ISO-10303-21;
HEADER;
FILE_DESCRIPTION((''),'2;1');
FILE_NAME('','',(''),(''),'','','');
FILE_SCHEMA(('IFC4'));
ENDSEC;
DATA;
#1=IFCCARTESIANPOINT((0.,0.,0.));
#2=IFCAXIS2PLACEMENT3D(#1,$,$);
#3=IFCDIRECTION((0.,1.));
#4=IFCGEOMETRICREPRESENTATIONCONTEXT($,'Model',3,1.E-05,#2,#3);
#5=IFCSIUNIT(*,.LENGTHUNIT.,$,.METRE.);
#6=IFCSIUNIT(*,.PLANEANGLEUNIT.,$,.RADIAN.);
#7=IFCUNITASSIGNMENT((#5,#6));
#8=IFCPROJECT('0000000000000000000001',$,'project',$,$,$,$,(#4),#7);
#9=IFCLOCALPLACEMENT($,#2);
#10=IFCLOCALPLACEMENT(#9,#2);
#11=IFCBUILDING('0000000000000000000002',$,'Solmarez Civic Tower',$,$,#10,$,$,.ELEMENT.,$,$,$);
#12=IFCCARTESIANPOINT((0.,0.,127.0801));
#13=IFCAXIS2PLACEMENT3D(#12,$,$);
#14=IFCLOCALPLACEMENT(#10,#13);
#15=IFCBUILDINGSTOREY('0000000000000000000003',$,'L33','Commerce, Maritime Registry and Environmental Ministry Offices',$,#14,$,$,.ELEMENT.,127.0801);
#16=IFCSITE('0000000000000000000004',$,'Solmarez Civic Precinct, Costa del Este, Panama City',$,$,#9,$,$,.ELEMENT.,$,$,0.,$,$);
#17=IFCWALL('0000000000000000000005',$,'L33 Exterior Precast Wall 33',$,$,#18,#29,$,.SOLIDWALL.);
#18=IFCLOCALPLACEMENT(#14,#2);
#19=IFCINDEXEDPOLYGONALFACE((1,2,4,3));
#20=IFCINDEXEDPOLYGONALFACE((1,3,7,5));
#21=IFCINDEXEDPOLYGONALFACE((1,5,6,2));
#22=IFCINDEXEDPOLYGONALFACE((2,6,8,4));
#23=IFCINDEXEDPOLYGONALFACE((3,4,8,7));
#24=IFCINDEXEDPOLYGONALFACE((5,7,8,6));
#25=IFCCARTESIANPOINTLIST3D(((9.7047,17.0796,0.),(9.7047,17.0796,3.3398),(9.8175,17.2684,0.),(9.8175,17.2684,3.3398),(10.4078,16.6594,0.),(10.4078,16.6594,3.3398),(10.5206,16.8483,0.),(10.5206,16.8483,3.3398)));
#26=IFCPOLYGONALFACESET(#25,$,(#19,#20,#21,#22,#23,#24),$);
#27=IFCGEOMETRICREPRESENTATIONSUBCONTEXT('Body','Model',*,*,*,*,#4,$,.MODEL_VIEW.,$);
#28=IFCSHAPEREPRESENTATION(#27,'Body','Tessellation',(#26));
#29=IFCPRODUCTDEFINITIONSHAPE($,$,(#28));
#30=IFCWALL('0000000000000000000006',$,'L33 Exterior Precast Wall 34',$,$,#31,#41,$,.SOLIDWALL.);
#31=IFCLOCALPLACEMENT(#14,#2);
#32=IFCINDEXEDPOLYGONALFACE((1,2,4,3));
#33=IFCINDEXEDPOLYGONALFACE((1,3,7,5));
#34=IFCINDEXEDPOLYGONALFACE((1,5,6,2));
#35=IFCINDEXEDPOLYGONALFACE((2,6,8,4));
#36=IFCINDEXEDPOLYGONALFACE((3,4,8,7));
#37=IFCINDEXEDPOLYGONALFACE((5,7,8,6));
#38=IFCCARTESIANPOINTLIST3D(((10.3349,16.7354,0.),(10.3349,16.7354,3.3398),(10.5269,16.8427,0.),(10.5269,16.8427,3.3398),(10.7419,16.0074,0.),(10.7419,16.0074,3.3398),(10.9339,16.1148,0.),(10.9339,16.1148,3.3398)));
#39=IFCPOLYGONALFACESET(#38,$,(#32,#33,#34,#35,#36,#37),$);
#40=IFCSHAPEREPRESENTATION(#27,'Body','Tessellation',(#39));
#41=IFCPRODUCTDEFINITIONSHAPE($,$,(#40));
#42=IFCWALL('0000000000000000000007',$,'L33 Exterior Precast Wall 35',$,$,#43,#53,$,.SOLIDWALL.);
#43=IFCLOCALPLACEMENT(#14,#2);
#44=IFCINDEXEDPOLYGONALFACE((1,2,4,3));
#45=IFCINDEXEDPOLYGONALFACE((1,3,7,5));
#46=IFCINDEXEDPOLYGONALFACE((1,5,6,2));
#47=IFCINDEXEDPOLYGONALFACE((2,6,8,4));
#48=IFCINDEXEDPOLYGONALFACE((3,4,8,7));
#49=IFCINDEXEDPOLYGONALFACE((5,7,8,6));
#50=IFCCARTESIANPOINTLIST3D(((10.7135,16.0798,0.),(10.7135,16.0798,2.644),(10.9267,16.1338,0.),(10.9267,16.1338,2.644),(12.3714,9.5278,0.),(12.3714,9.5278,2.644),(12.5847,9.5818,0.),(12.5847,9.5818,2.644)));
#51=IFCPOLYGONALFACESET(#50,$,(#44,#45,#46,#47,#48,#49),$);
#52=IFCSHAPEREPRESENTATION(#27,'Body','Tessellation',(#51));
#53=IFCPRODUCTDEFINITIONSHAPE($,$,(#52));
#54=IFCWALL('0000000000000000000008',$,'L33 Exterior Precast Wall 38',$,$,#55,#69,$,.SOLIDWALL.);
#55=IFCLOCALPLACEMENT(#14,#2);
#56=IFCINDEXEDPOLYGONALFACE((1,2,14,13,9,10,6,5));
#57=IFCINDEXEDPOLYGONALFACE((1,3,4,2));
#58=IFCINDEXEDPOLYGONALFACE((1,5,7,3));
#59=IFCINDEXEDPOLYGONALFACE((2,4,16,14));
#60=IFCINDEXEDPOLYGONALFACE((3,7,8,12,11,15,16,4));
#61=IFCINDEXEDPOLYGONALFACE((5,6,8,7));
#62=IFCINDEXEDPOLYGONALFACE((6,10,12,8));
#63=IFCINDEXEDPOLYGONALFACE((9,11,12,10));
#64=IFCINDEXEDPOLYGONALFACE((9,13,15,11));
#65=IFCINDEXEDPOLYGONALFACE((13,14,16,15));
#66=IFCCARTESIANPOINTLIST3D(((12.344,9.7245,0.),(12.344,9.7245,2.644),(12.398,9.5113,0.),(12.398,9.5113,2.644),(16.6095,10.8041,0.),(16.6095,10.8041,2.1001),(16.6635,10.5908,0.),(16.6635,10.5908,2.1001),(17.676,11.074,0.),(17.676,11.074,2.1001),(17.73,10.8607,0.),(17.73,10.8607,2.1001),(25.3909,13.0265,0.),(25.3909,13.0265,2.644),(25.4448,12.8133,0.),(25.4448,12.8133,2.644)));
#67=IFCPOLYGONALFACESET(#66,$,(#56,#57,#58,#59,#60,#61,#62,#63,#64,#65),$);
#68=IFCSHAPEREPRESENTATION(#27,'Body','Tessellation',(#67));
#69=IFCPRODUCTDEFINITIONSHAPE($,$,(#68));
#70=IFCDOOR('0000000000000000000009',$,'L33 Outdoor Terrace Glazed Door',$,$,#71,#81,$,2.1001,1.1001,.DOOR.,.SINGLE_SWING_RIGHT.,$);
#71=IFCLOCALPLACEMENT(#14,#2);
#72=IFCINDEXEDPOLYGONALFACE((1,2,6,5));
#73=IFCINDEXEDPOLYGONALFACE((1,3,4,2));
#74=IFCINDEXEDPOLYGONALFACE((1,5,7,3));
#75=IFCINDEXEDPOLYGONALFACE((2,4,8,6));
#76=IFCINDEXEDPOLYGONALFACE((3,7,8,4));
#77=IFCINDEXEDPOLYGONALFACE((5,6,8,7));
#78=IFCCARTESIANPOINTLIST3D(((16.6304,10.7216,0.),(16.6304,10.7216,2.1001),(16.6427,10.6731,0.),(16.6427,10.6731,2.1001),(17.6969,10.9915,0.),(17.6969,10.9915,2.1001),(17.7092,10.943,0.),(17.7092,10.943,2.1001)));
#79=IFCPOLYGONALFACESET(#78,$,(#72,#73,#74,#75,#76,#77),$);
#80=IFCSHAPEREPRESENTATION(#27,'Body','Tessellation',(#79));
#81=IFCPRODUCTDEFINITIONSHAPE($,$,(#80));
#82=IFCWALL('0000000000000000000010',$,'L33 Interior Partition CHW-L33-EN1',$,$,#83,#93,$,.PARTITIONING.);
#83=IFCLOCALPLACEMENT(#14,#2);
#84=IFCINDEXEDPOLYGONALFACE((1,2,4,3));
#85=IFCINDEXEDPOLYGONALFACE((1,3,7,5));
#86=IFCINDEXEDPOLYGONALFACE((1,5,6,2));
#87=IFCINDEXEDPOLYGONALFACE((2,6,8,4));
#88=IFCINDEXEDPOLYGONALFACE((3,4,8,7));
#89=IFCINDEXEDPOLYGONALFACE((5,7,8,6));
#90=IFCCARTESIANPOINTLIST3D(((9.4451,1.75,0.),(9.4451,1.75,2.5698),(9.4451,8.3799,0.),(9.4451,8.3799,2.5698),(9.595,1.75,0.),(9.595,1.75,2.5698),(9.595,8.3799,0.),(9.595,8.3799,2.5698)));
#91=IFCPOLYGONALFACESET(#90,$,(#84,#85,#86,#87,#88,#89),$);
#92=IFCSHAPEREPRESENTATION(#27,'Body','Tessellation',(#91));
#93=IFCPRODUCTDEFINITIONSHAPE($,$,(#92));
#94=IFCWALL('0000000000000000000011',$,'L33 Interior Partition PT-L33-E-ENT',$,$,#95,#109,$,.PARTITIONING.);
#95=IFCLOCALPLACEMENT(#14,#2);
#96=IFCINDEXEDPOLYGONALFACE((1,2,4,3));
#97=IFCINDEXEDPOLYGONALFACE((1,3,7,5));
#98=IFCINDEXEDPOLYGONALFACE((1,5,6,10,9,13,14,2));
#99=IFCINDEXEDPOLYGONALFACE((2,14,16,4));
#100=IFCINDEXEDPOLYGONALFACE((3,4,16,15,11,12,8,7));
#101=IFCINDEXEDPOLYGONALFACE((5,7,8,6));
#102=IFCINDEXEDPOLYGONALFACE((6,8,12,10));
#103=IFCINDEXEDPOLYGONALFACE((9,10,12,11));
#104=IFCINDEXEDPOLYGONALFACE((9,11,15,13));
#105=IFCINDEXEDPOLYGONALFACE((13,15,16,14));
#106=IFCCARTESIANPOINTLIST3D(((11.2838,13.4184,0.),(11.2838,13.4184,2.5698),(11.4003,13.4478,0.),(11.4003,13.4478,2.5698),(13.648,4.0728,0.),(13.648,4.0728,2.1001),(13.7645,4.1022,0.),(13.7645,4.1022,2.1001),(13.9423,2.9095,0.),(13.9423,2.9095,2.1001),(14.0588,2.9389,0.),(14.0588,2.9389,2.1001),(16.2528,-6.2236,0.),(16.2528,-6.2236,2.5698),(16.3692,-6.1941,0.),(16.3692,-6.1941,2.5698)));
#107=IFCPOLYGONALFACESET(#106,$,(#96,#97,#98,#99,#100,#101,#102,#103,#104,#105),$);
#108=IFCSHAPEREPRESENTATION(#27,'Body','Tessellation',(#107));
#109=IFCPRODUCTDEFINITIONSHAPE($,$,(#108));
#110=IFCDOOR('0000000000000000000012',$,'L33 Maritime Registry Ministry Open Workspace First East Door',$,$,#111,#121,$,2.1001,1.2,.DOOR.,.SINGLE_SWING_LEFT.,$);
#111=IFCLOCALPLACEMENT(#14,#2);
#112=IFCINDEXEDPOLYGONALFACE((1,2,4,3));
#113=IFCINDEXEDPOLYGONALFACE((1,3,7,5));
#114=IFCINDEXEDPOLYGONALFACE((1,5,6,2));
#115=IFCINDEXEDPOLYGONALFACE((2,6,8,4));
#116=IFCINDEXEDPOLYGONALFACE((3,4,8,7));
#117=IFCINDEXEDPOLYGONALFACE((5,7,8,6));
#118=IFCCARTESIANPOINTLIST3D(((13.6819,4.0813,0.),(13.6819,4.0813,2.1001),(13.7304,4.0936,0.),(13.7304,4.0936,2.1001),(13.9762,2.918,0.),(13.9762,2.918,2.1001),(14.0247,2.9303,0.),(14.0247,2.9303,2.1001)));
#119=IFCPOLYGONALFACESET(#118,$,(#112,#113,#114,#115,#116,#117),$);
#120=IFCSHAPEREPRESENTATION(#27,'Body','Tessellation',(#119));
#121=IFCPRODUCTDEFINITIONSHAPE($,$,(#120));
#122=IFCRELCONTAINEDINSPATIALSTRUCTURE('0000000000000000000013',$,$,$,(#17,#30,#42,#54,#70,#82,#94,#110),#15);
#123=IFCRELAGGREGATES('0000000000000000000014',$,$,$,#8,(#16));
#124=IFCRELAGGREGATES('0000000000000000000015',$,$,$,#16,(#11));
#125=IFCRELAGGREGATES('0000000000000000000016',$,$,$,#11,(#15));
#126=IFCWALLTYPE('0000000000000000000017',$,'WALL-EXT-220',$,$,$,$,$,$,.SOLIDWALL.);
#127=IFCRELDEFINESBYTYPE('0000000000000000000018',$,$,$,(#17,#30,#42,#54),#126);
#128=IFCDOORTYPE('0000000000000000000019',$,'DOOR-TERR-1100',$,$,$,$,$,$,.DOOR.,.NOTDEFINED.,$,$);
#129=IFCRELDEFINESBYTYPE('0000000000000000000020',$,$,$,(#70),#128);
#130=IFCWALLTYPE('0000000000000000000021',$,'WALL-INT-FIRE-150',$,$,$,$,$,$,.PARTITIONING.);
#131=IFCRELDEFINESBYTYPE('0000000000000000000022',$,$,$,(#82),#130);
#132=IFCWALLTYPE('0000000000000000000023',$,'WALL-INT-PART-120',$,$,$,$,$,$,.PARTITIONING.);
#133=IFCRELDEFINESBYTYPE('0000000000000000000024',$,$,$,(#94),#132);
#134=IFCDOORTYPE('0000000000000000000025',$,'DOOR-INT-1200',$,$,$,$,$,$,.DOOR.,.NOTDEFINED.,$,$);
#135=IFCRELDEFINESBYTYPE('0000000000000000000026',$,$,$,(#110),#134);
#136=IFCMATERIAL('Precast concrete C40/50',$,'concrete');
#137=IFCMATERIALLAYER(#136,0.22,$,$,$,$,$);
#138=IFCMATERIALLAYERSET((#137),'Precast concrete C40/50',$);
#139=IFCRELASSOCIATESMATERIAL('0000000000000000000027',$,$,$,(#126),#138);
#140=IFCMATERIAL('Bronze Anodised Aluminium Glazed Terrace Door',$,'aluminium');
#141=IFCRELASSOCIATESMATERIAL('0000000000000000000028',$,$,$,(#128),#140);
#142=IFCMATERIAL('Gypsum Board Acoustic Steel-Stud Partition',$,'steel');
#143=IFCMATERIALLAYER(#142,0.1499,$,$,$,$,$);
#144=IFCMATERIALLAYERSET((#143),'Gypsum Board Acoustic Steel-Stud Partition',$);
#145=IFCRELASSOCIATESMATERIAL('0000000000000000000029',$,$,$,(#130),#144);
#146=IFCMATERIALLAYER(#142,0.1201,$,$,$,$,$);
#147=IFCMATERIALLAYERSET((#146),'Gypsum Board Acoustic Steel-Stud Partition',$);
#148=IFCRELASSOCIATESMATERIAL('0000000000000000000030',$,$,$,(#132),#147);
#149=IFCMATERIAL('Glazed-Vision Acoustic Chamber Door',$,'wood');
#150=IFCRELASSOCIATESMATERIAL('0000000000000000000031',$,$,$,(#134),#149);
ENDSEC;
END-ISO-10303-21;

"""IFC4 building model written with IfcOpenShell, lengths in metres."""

from ifc_helpers import new_model, si_unit, direction, frame, frame_2d, origin, place, context, subcontext, project, spatial, rectangle, extrude, material, layer, layer_set, type_object, element, fill, save


model = new_model("IFC4")

# Units and contexts
model_context = context("Model", 3, precision=1e-05, world=origin(), true_north=direction((0.0, 1.0)))
body_context = subcontext(model_context, "Body", "Model", "MODEL_VIEW")
ifc_project = project(units=[si_unit("LENGTHUNIT", "METRE"), si_unit("PLANEANGLEUNIT", "RADIAN")], contexts=[model_context])

# Site, building, storey
site_placement = place(None, origin())
site = spatial("IfcSite", under=ifc_project, at=site_placement, Name="Solmarez Civic Precinct, Costa del Este, Panama City", CompositionType="ELEMENT", RefElevation=0.0)
building_placement = place(site_placement, origin())
building = spatial("IfcBuilding", under=site, at=building_placement, Name="Solmarez Civic Tower", CompositionType="ELEMENT")
storey_placement = place(building_placement, frame((0.0, 0.0, 127.0801)))
storey = spatial("IfcBuildingStorey", under=building, at=storey_placement, Name="L33", Description="Commerce, Maritime Registry and Environmental Ministry Offices", CompositionType="ELEMENT", Elevation=127.0801)

# Walls
ifc_material_1 = material(Name="Precast concrete C40/50", Category="concrete")
ifc_layer_1 = layer(ifc_material_1, 0.22)
ifc_layer_set_1 = layer_set([ifc_layer_1], Name="Precast concrete C40/50")
wall_type_1 = type_object("IfcWallType", Name="WALL-EXT-220", PredefinedType="SOLIDWALL", material=ifc_layer_set_1)
wall_1_placement = place(storey_placement, frame((9.761, 17.1741, 0.0), z_axis=(0.0, 0.0, 1.0), x_axis=(0.858412, -0.512961, 0.0)))
element("IfcWall", 1, at=wall_1_placement, inside=storey, type_object=wall_type_1, Name="L33 Exterior Precast Wall 33", PredefinedType="SOLIDWALL", context=body_context, shape_type="SweptSolid", body=[
    extrude(rectangle(XDim=0.8191, YDim=0.22, at=frame_2d((0.4097, 0.0))), origin(), (0.0, 0.0, 1.0), 3.3398),
])
wall_2_placement = place(storey_placement, frame((10.4309, 16.7891, 0.0), z_axis=(0.0, 0.0, 1.0), x_axis=(0.487953, -0.87287, 0.0)))
element("IfcWall", 2, at=wall_2_placement, inside=storey, type_object=wall_type_1, Name="L33 Exterior Precast Wall 34", PredefinedType="SOLIDWALL", context=body_context, shape_type="SweptSolid", body=[
    extrude(rectangle(XDim=0.834, YDim=0.22, at=frame_2d((0.417, 0.0))), origin(), (0.0, 0.0, 1.0), 3.3398),
])
wall_3_placement = place(storey_placement, frame((10.8201, 16.1069, 0.0), z_axis=(0.0, 0.0, 1.0), x_axis=(0.245314, -0.969444, 0.0)))
element("IfcWall", 3, at=wall_3_placement, inside=storey, type_object=wall_type_1, Name="L33 Exterior Precast Wall 35", PredefinedType="SOLIDWALL", context=body_context, shape_type="SweptSolid", body=[
    extrude(rectangle(XDim=6.7585, YDim=0.22, at=frame_2d((3.3794, 0.0))), origin(), (0.0, 0.0, 1.0), 2.644),
])

# Wall, opening, door
wall_4_placement = place(storey_placement, frame((12.3711, 9.6179, 0.0), z_axis=(0.0, 0.0, 1.0), x_axis=(0.969434, 0.245352, 0.0)))
wall_4 = element("IfcWall", 4, at=wall_4_placement, inside=storey, type_object=wall_type_1, Name="L33 Exterior Precast Wall 38", PredefinedType="SOLIDWALL", context=body_context, shape_type="SweptSolid", body=[
    extrude(rectangle(XDim=13.4583, YDim=0.22, at=frame_2d((6.729, 0.0))), origin(), (0.0, 0.0, 1.0), 2.644),
])
opening_1_placement = place(wall_4_placement, frame((4.3999, 0.0, 0.0)))
opening_1 = element("IfcOpeningElement", 5, at=opening_1_placement, cuts=wall_4, PredefinedType="OPENING", context=body_context, shape_type="SweptSolid", body=[
    extrude(rectangle(XDim=1.1001, YDim=2.1001, at=frame_2d((0.55, 1.05))), frame((0.0, 0.1199, 0.0), z_axis=(0.0, -1.0, 0.0), x_axis=(1.0, 0.0, 0.0)), (0.0, 0.0, 1.0), 0.24),
])
ifc_material_2 = material(Name="Bronze Anodised Aluminium Glazed Terrace Door", Category="aluminium")
door_type_1 = type_object("IfcDoorType", Name="DOOR-TERR-1100", OperationType="NOTDEFINED", PredefinedType="DOOR", material=ifc_material_2)
door_1_placement = place(opening_1_placement, origin())
door_1 = element("IfcDoor", 6, at=door_1_placement, inside=storey, type_object=door_type_1, Name="L33 Outdoor Terrace Glazed Door", OperationType="SINGLE_SWING_RIGHT", OverallHeight=2.1001, OverallWidth=1.1001, PredefinedType="DOOR", context=body_context, shape_type="SweptSolid", body=[
    extrude(rectangle(XDim=1.1001, YDim=2.1001, at=frame_2d((0.55, 1.05))), frame((0.0, 0.0249, 0.0), z_axis=(0.0, -1.0, 0.0), x_axis=(1.0, 0.0, 0.0)), (0.0, 0.0, 1.0), 0.05),
])
fill(opening_1, door_1)

# Wall
ifc_material_3 = material(Name="Gypsum Board Acoustic Steel-Stud Partition", Category="steel")
ifc_layer_2 = layer(ifc_material_3, 0.1499)
ifc_layer_set_2 = layer_set([ifc_layer_2], Name="Gypsum Board Acoustic Steel-Stud Partition")
wall_type_2 = type_object("IfcWallType", Name="WALL-INT-FIRE-150", PredefinedType="PARTITIONING", material=ifc_layer_set_2)
wall_5_placement = place(storey_placement, frame((9.52, 1.75, 0.0), z_axis=(0.0, 0.0, 1.0), x_axis=(0.0, 1.0, 0.0)))
element("IfcWall", 7, at=wall_5_placement, inside=storey, type_object=wall_type_2, Name="L33 Interior Partition CHW-L33-EN1", PredefinedType="PARTITIONING", context=body_context, shape_type="SweptSolid", body=[
    extrude(rectangle(XDim=6.6299, YDim=0.1499, at=frame_2d((3.3149, 0.0))), origin(), (0.0, 0.0, 1.0), 2.5698),
])

# Wall, opening, door
ifc_layer_3 = layer(ifc_material_3, 0.1201)
ifc_layer_set_3 = layer_set([ifc_layer_3], Name="Gypsum Board Acoustic Steel-Stud Partition")
wall_type_3 = type_object("IfcWallType", Name="WALL-INT-PART-120", PredefinedType="PARTITIONING", material=ifc_layer_set_3)
wall_6_placement = place(storey_placement, frame((11.342, 13.4331, 0.0), z_axis=(0.0, 0.0, 1.0), x_axis=(0.245251, -0.96946, 0.0)))
wall_6 = element("IfcWall", 8, at=wall_6_placement, inside=storey, type_object=wall_type_3, Name="L33 Interior Partition PT-L33-E-ENT", PredefinedType="PARTITIONING", context=body_context, shape_type="SweptSolid", body=[
    extrude(rectangle(XDim=20.2607, YDim=0.1201, at=frame_2d((10.1304, 0.0))), origin(), (0.0, 0.0, 1.0), 2.5698),
])
opening_2_placement = place(wall_6_placement, frame((9.6399, 0.0, 0.0)))
opening_2 = element("IfcOpeningElement", 9, at=opening_2_placement, cuts=wall_6, PredefinedType="OPENING", context=body_context, shape_type="SweptSolid", body=[
    extrude(rectangle(XDim=1.2, YDim=2.1001, at=frame_2d((0.6001, 1.05))), frame((0.0, 0.0701, 0.0), z_axis=(0.0, -1.0, 0.0), x_axis=(1.0, 0.0, 0.0)), (0.0, 0.0, 1.0), 0.1401),
])
ifc_material_4 = material(Name="Glazed-Vision Acoustic Chamber Door", Category="wood")
door_type_2 = type_object("IfcDoorType", Name="DOOR-INT-1200", OperationType="NOTDEFINED", PredefinedType="DOOR", material=ifc_material_4)
door_2_placement = place(opening_2_placement, origin())
door_2 = element("IfcDoor", 10, at=door_2_placement, inside=storey, type_object=door_type_2, Name="L33 Maritime Registry Ministry Open Workspace First East Door", OperationType="SINGLE_SWING_LEFT", OverallHeight=2.1001, OverallWidth=1.2, PredefinedType="DOOR", context=body_context, shape_type="SweptSolid", body=[
    extrude(rectangle(XDim=1.2, YDim=2.1001, at=frame_2d((0.6001, 1.05))), frame((0.0, 0.0249, 0.0), z_axis=(0.0, -1.0, 0.0), x_axis=(1.0, 0.0, 0.0)), (0.0, 0.0, 1.0), 0.05),
])
fill(opening_2, door_2)

save(model, "model.ifc")
